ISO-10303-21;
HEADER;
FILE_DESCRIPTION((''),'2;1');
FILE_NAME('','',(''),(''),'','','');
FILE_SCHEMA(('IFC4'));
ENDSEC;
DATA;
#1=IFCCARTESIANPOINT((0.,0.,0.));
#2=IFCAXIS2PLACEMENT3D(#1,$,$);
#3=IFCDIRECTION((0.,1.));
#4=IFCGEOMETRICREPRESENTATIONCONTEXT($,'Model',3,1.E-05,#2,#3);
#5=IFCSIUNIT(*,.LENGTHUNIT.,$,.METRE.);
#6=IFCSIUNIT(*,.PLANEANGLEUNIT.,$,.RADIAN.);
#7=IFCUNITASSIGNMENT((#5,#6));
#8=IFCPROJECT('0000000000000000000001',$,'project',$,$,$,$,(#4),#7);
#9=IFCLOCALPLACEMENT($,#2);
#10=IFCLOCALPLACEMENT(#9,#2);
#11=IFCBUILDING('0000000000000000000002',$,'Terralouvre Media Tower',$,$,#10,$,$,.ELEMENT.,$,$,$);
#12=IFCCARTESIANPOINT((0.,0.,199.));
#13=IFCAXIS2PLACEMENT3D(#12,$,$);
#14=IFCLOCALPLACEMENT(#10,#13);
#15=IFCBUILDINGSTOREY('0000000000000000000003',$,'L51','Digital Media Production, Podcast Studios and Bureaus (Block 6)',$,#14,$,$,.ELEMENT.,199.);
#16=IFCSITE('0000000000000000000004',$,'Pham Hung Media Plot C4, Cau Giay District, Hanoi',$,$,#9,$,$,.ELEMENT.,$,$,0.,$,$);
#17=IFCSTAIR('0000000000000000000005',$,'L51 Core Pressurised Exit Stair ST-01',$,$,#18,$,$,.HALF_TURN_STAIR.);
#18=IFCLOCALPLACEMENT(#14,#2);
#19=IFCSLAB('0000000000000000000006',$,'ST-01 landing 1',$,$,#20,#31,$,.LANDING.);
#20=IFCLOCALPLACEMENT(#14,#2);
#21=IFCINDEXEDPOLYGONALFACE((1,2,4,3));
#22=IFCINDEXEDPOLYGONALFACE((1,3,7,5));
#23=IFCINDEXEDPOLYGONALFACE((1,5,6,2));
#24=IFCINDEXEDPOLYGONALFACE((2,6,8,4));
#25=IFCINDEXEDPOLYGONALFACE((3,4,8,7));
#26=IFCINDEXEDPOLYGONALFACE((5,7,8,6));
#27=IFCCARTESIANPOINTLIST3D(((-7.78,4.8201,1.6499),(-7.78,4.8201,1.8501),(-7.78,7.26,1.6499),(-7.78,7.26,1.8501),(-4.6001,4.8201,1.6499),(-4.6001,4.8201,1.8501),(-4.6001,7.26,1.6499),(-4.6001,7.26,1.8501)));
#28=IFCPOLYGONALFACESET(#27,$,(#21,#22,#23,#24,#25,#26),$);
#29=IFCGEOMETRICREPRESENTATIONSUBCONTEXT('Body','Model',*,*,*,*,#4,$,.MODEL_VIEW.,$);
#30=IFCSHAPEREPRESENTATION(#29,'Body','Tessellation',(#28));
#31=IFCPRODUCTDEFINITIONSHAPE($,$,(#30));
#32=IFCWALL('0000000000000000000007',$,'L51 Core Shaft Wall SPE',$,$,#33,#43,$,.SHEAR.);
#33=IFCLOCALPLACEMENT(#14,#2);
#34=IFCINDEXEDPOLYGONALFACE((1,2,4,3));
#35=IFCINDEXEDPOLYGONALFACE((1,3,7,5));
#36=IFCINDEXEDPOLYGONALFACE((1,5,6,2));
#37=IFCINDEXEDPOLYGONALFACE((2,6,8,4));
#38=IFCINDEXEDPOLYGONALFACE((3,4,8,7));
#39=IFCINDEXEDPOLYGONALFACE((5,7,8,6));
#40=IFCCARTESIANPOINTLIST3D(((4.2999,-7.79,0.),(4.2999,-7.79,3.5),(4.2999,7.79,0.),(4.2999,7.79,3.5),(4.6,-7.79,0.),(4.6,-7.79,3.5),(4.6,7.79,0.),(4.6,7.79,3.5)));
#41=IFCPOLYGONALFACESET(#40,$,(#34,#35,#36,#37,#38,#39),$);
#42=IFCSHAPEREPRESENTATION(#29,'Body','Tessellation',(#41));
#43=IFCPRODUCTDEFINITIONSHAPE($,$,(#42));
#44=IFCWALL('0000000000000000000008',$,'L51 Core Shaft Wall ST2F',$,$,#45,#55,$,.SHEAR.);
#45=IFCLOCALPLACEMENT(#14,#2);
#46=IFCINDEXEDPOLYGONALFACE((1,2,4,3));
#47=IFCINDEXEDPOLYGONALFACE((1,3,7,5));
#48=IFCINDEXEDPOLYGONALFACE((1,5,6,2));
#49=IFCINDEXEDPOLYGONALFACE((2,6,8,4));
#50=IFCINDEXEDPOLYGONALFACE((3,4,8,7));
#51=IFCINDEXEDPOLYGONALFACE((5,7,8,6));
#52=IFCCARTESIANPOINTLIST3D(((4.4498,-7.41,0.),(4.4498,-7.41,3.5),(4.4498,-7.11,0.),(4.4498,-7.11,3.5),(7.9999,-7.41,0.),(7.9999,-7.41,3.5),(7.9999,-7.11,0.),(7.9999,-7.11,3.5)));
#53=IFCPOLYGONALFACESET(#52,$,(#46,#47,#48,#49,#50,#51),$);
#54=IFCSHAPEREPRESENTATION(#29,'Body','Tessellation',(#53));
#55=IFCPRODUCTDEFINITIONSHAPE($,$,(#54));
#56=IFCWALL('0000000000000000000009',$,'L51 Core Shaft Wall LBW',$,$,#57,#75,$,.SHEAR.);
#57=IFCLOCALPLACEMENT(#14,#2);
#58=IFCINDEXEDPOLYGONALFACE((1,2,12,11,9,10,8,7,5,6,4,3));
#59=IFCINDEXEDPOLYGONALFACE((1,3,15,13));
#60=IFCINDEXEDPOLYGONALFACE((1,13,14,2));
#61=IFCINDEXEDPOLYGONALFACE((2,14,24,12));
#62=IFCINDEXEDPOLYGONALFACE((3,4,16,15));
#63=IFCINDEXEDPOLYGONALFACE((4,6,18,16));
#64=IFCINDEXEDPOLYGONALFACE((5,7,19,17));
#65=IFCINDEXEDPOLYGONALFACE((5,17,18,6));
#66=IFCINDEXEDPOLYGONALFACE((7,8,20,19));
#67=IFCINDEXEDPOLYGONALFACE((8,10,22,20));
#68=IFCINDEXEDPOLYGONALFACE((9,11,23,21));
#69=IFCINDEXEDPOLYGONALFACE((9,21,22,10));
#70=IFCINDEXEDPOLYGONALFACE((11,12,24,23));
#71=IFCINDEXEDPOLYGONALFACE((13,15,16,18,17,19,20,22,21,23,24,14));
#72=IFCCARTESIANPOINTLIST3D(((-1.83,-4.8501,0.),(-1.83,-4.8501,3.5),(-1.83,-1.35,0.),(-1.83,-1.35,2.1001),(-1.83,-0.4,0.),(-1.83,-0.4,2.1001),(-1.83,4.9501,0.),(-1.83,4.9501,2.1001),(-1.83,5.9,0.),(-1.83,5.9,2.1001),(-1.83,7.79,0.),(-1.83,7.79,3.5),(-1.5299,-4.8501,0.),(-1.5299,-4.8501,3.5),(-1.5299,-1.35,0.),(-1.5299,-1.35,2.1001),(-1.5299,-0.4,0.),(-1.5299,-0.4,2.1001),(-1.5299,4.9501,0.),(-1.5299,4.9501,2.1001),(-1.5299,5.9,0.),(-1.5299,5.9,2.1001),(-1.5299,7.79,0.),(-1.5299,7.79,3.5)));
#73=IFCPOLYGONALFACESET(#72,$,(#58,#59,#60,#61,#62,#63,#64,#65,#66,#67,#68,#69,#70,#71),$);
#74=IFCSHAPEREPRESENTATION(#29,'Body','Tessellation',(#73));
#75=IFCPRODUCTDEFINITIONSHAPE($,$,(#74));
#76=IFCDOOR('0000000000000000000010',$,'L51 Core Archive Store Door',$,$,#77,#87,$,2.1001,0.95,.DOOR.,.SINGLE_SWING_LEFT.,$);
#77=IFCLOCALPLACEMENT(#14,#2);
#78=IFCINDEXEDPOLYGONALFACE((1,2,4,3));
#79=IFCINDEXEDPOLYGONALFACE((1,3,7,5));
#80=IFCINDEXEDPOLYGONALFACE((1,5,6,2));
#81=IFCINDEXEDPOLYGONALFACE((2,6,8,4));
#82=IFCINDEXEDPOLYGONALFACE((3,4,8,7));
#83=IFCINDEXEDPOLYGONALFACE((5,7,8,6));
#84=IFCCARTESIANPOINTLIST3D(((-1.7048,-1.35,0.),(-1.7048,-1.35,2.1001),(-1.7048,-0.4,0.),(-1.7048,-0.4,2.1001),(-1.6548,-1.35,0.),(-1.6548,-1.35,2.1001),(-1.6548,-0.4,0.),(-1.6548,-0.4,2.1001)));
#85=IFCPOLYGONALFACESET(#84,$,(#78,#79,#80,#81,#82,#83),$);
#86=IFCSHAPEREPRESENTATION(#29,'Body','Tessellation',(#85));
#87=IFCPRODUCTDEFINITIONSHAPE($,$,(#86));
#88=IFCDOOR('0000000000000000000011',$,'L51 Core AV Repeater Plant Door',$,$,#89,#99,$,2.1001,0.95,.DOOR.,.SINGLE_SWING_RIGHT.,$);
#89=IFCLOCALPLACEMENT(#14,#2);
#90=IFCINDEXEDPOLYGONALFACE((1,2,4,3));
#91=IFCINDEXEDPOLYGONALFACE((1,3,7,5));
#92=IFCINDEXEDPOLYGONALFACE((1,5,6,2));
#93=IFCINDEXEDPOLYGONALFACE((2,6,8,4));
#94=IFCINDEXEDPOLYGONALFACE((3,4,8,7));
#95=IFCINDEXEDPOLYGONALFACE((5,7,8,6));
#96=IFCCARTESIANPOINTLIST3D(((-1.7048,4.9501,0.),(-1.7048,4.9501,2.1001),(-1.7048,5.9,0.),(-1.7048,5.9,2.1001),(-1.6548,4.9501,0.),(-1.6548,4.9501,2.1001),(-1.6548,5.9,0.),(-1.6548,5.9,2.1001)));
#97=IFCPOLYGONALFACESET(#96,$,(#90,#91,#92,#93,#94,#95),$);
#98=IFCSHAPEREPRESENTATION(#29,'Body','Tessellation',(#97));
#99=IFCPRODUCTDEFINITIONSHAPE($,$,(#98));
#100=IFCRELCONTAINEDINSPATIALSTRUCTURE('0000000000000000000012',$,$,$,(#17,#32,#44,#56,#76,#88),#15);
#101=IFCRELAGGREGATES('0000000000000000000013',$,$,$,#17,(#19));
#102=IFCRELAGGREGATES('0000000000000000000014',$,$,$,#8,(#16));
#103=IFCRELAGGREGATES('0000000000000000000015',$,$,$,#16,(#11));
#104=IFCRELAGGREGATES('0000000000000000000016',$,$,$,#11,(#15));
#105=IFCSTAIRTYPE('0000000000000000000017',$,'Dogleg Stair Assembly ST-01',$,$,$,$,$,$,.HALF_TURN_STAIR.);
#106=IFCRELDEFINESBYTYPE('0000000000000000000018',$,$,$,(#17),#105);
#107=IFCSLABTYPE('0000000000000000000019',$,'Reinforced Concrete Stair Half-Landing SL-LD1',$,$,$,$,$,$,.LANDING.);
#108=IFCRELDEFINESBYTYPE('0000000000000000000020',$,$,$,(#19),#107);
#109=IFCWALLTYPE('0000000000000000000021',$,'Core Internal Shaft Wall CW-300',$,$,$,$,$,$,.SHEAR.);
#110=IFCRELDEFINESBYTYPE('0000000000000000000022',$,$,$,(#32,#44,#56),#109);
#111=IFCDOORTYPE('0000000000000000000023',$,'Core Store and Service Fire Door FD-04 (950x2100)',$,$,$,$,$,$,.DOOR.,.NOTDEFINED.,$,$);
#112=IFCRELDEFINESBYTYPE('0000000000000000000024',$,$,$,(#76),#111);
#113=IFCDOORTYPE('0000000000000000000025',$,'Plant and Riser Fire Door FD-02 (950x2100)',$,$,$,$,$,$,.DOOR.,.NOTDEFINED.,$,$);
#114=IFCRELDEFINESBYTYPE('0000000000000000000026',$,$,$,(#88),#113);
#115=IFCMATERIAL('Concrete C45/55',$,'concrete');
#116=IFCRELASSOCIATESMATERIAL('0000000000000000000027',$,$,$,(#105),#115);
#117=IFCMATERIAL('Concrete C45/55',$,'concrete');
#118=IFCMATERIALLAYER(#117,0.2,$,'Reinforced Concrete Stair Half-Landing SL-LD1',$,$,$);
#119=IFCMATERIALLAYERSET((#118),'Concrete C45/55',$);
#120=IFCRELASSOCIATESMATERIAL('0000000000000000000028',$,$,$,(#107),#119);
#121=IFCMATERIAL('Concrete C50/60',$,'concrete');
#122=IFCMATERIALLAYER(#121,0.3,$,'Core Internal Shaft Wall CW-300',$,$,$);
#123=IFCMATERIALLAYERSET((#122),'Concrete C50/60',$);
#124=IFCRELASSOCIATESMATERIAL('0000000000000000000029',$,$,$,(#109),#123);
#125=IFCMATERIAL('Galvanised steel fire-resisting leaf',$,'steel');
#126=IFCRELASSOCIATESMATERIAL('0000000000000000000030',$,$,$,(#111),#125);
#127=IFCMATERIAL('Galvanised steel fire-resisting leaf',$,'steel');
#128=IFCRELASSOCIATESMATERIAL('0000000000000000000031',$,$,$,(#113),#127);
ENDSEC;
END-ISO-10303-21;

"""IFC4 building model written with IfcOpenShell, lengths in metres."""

from ifc_helpers import new_model, si_unit, direction, frame, frame_2d, origin, place, context, subcontext, project, spatial, polyline, rectangle, outline, extrude, material, layer, layer_set, type_object, element, fill, aggregate, save


model = new_model("IFC4")

# Units and contexts
model_context = context("Model", 3, precision=1e-05, world=origin(), true_north=direction((0.0, 1.0)))
body_context = subcontext(model_context, "Body", "Model", "MODEL_VIEW")
ifc_project = project(units=[si_unit("LENGTHUNIT", "METRE"), si_unit("PLANEANGLEUNIT", "RADIAN")], contexts=[model_context])

# Site, building, storey
site_placement = place(None, origin())
site = spatial("IfcSite", under=ifc_project, at=site_placement, Name="Pham Hung Media Plot C4, Cau Giay District, Hanoi", CompositionType="ELEMENT", RefElevation=0.0)
building_placement = place(site_placement, origin())
building = spatial("IfcBuilding", under=site, at=building_placement, Name="Terralouvre Media Tower", CompositionType="ELEMENT")
storey_placement = place(building_placement, frame((0.0, 0.0, 199.0)))
storey = spatial("IfcBuildingStorey", under=building, at=storey_placement, Name="L51", Description="Digital Media Production, Podcast Studios and Bureaus (Block 6)", CompositionType="ELEMENT", Elevation=199.0)

# Stair, slab
ifc_material_1 = material(Name="Concrete C45/55", Category="concrete")
stair_type_1 = type_object("IfcStairType", Name="Dogleg Stair Assembly ST-01", PredefinedType="HALF_TURN_STAIR", material=ifc_material_1)
stair_1_placement = place(storey_placement, origin())
stair_1 = element("IfcStair", 1, at=stair_1_placement, inside=storey, type_object=stair_type_1, Name="L51 Core Pressurised Exit Stair ST-01", PredefinedType="HALF_TURN_STAIR")
ifc_material_2 = material(Name="Concrete C45/55", Category="concrete")
ifc_layer_1 = layer(ifc_material_2, 0.2, Name="Reinforced Concrete Stair Half-Landing SL-LD1")
ifc_layer_set_1 = layer_set([ifc_layer_1], Name="Concrete C45/55")
slab_type_1 = type_object("IfcSlabType", Name="Reinforced Concrete Stair Half-Landing SL-LD1", PredefinedType="LANDING", material=ifc_layer_set_1)
slab_1_placement = place(storey_placement, frame((0.0, 0.0, 1.6499)))
slab_1 = element("IfcSlab", 2, at=slab_1_placement, type_object=slab_type_1, Name="ST-01 landing 1", PredefinedType="LANDING", context=body_context, shape_type="SweptSolid", body=[
    extrude(outline(polyline([(-4.6001, 4.8201), (-4.6001, 7.26), (-7.78, 7.26), (-7.78, 4.8201), (-4.6001, 4.8201)])), origin(), (0.0, 0.0, 1.0), 0.2002),
])
aggregate(stair_1, [slab_1])

# Wall
ifc_material_3 = material(Name="Concrete C50/60", Category="concrete")
ifc_layer_2 = layer(ifc_material_3, 0.3, Name="Core Internal Shaft Wall CW-300")
ifc_layer_set_2 = layer_set([ifc_layer_2], Name="Concrete C50/60")
wall_type_1 = type_object("IfcWallType", Name="Core Internal Shaft Wall CW-300", PredefinedType="SHEAR", material=ifc_layer_set_2)
wall_1_placement = place(storey_placement, frame((4.45, -7.79, 0.0), z_axis=(0.0, 0.0, 1.0), x_axis=(0.0, 1.0, 0.0)))
element("IfcWall", 3, at=wall_1_placement, inside=storey, type_object=wall_type_1, Name="L51 Core Shaft Wall SPE", PredefinedType="SHEAR", context=body_context, shape_type="SweptSolid", body=[
    extrude(rectangle(XDim=15.5801, YDim=0.3, at=frame_2d((7.79, 0.0))), origin(), (0.0, 0.0, 1.0), 3.5),
])

# Wall
wall_2_placement = place(storey_placement, frame((4.45, -7.26, 0.0), z_axis=(0.0, 0.0, 1.0), x_axis=(1.0, 0.0, 0.0)))
element("IfcWall", 4, at=wall_2_placement, inside=storey, type_object=wall_type_1, Name="L51 Core Shaft Wall ST2F", PredefinedType="SHEAR", context=body_context, shape_type="SweptSolid", body=[
    extrude(rectangle(XDim=3.55, YDim=0.3, at=frame_2d((1.7749, 0.0))), origin(), (0.0, 0.0, 1.0), 3.5),
])

# Wall, openings, doors
wall_3_placement = place(storey_placement, frame((-1.6799, -4.8501, 0.0), z_axis=(0.0, 0.0, 1.0), x_axis=(0.0, 1.0, 0.0)))
wall_3 = element("IfcWall", 5, at=wall_3_placement, inside=storey, type_object=wall_type_1, Name="L51 Core Shaft Wall LBW", PredefinedType="SHEAR", context=body_context, shape_type="SweptSolid", body=[
    extrude(rectangle(XDim=12.6401, YDim=0.3, at=frame_2d((6.3201, 0.0))), origin(), (0.0, 0.0, 1.0), 3.5),
])
opening_1_placement = place(wall_3_placement, frame((3.5, 0.0, 0.0)))
opening_1 = element("IfcOpeningElement", 6, at=opening_1_placement, cuts=wall_3, PredefinedType="OPENING", context=body_context, shape_type="SweptSolid", body=[
    extrude(rectangle(XDim=0.95, YDim=2.1001, at=frame_2d((0.4751, 1.05))), frame((0.0, 0.1599, 0.0), z_axis=(0.0, -1.0, 0.0), x_axis=(1.0, 0.0, 0.0)), (0.0, 0.0, 1.0), 0.3201),
])
opening_2_placement = place(wall_3_placement, frame((9.8, 0.0, 0.0)))
opening_2 = element("IfcOpeningElement", 7, at=opening_2_placement, cuts=wall_3, PredefinedType="OPENING", context=body_context, shape_type="SweptSolid", body=[
    extrude(rectangle(XDim=0.95, YDim=2.1001, at=frame_2d((0.4751, 1.05))), frame((0.0, 0.1599, 0.0), z_axis=(0.0, -1.0, 0.0), x_axis=(1.0, 0.0, 0.0)), (0.0, 0.0, 1.0), 0.3201),
])
ifc_material_4 = material(Name="Galvanised steel fire-resisting leaf", Category="steel")
door_type_1 = type_object("IfcDoorType", Name="Core Store and Service Fire Door FD-04 (950x2100)", OperationType="NOTDEFINED", PredefinedType="DOOR", material=ifc_material_4)
door_1_placement = place(opening_1_placement, origin())
door_1 = element("IfcDoor", 8, at=door_1_placement, inside=storey, type_object=door_type_1, Name="L51 Core Archive Store Door", OperationType="SINGLE_SWING_LEFT", OverallHeight=2.1001, OverallWidth=0.95, PredefinedType="DOOR", context=body_context, shape_type="SweptSolid", body=[
    extrude(rectangle(XDim=0.95, YDim=2.1001, at=frame_2d((0.4751, 1.05))), frame((0.0, 0.0249, 0.0), z_axis=(0.0, -1.0, 0.0), x_axis=(1.0, 0.0, 0.0)), (0.0, 0.0, 1.0), 0.05),
])
fill(opening_1, door_1)
ifc_material_5 = material(Name="Galvanised steel fire-resisting leaf", Category="steel")
door_type_2 = type_object("IfcDoorType", Name="Plant and Riser Fire Door FD-02 (950x2100)", OperationType="NOTDEFINED", PredefinedType="DOOR", material=ifc_material_5)
door_2_placement = place(opening_2_placement, origin())
door_2 = element("IfcDoor", 9, at=door_2_placement, inside=storey, type_object=door_type_2, Name="L51 Core AV Repeater Plant Door", OperationType="SINGLE_SWING_RIGHT", OverallHeight=2.1001, OverallWidth=0.95, PredefinedType="DOOR", context=body_context, shape_type="SweptSolid", body=[
    extrude(rectangle(XDim=0.95, YDim=2.1001, at=frame_2d((0.4751, 1.05))), frame((0.0, 0.0249, 0.0), z_axis=(0.0, -1.0, 0.0), x_axis=(1.0, 0.0, 0.0)), (0.0, 0.0, 1.0), 0.05),
])
fill(opening_2, door_2)

save(model, "model.ifc")
